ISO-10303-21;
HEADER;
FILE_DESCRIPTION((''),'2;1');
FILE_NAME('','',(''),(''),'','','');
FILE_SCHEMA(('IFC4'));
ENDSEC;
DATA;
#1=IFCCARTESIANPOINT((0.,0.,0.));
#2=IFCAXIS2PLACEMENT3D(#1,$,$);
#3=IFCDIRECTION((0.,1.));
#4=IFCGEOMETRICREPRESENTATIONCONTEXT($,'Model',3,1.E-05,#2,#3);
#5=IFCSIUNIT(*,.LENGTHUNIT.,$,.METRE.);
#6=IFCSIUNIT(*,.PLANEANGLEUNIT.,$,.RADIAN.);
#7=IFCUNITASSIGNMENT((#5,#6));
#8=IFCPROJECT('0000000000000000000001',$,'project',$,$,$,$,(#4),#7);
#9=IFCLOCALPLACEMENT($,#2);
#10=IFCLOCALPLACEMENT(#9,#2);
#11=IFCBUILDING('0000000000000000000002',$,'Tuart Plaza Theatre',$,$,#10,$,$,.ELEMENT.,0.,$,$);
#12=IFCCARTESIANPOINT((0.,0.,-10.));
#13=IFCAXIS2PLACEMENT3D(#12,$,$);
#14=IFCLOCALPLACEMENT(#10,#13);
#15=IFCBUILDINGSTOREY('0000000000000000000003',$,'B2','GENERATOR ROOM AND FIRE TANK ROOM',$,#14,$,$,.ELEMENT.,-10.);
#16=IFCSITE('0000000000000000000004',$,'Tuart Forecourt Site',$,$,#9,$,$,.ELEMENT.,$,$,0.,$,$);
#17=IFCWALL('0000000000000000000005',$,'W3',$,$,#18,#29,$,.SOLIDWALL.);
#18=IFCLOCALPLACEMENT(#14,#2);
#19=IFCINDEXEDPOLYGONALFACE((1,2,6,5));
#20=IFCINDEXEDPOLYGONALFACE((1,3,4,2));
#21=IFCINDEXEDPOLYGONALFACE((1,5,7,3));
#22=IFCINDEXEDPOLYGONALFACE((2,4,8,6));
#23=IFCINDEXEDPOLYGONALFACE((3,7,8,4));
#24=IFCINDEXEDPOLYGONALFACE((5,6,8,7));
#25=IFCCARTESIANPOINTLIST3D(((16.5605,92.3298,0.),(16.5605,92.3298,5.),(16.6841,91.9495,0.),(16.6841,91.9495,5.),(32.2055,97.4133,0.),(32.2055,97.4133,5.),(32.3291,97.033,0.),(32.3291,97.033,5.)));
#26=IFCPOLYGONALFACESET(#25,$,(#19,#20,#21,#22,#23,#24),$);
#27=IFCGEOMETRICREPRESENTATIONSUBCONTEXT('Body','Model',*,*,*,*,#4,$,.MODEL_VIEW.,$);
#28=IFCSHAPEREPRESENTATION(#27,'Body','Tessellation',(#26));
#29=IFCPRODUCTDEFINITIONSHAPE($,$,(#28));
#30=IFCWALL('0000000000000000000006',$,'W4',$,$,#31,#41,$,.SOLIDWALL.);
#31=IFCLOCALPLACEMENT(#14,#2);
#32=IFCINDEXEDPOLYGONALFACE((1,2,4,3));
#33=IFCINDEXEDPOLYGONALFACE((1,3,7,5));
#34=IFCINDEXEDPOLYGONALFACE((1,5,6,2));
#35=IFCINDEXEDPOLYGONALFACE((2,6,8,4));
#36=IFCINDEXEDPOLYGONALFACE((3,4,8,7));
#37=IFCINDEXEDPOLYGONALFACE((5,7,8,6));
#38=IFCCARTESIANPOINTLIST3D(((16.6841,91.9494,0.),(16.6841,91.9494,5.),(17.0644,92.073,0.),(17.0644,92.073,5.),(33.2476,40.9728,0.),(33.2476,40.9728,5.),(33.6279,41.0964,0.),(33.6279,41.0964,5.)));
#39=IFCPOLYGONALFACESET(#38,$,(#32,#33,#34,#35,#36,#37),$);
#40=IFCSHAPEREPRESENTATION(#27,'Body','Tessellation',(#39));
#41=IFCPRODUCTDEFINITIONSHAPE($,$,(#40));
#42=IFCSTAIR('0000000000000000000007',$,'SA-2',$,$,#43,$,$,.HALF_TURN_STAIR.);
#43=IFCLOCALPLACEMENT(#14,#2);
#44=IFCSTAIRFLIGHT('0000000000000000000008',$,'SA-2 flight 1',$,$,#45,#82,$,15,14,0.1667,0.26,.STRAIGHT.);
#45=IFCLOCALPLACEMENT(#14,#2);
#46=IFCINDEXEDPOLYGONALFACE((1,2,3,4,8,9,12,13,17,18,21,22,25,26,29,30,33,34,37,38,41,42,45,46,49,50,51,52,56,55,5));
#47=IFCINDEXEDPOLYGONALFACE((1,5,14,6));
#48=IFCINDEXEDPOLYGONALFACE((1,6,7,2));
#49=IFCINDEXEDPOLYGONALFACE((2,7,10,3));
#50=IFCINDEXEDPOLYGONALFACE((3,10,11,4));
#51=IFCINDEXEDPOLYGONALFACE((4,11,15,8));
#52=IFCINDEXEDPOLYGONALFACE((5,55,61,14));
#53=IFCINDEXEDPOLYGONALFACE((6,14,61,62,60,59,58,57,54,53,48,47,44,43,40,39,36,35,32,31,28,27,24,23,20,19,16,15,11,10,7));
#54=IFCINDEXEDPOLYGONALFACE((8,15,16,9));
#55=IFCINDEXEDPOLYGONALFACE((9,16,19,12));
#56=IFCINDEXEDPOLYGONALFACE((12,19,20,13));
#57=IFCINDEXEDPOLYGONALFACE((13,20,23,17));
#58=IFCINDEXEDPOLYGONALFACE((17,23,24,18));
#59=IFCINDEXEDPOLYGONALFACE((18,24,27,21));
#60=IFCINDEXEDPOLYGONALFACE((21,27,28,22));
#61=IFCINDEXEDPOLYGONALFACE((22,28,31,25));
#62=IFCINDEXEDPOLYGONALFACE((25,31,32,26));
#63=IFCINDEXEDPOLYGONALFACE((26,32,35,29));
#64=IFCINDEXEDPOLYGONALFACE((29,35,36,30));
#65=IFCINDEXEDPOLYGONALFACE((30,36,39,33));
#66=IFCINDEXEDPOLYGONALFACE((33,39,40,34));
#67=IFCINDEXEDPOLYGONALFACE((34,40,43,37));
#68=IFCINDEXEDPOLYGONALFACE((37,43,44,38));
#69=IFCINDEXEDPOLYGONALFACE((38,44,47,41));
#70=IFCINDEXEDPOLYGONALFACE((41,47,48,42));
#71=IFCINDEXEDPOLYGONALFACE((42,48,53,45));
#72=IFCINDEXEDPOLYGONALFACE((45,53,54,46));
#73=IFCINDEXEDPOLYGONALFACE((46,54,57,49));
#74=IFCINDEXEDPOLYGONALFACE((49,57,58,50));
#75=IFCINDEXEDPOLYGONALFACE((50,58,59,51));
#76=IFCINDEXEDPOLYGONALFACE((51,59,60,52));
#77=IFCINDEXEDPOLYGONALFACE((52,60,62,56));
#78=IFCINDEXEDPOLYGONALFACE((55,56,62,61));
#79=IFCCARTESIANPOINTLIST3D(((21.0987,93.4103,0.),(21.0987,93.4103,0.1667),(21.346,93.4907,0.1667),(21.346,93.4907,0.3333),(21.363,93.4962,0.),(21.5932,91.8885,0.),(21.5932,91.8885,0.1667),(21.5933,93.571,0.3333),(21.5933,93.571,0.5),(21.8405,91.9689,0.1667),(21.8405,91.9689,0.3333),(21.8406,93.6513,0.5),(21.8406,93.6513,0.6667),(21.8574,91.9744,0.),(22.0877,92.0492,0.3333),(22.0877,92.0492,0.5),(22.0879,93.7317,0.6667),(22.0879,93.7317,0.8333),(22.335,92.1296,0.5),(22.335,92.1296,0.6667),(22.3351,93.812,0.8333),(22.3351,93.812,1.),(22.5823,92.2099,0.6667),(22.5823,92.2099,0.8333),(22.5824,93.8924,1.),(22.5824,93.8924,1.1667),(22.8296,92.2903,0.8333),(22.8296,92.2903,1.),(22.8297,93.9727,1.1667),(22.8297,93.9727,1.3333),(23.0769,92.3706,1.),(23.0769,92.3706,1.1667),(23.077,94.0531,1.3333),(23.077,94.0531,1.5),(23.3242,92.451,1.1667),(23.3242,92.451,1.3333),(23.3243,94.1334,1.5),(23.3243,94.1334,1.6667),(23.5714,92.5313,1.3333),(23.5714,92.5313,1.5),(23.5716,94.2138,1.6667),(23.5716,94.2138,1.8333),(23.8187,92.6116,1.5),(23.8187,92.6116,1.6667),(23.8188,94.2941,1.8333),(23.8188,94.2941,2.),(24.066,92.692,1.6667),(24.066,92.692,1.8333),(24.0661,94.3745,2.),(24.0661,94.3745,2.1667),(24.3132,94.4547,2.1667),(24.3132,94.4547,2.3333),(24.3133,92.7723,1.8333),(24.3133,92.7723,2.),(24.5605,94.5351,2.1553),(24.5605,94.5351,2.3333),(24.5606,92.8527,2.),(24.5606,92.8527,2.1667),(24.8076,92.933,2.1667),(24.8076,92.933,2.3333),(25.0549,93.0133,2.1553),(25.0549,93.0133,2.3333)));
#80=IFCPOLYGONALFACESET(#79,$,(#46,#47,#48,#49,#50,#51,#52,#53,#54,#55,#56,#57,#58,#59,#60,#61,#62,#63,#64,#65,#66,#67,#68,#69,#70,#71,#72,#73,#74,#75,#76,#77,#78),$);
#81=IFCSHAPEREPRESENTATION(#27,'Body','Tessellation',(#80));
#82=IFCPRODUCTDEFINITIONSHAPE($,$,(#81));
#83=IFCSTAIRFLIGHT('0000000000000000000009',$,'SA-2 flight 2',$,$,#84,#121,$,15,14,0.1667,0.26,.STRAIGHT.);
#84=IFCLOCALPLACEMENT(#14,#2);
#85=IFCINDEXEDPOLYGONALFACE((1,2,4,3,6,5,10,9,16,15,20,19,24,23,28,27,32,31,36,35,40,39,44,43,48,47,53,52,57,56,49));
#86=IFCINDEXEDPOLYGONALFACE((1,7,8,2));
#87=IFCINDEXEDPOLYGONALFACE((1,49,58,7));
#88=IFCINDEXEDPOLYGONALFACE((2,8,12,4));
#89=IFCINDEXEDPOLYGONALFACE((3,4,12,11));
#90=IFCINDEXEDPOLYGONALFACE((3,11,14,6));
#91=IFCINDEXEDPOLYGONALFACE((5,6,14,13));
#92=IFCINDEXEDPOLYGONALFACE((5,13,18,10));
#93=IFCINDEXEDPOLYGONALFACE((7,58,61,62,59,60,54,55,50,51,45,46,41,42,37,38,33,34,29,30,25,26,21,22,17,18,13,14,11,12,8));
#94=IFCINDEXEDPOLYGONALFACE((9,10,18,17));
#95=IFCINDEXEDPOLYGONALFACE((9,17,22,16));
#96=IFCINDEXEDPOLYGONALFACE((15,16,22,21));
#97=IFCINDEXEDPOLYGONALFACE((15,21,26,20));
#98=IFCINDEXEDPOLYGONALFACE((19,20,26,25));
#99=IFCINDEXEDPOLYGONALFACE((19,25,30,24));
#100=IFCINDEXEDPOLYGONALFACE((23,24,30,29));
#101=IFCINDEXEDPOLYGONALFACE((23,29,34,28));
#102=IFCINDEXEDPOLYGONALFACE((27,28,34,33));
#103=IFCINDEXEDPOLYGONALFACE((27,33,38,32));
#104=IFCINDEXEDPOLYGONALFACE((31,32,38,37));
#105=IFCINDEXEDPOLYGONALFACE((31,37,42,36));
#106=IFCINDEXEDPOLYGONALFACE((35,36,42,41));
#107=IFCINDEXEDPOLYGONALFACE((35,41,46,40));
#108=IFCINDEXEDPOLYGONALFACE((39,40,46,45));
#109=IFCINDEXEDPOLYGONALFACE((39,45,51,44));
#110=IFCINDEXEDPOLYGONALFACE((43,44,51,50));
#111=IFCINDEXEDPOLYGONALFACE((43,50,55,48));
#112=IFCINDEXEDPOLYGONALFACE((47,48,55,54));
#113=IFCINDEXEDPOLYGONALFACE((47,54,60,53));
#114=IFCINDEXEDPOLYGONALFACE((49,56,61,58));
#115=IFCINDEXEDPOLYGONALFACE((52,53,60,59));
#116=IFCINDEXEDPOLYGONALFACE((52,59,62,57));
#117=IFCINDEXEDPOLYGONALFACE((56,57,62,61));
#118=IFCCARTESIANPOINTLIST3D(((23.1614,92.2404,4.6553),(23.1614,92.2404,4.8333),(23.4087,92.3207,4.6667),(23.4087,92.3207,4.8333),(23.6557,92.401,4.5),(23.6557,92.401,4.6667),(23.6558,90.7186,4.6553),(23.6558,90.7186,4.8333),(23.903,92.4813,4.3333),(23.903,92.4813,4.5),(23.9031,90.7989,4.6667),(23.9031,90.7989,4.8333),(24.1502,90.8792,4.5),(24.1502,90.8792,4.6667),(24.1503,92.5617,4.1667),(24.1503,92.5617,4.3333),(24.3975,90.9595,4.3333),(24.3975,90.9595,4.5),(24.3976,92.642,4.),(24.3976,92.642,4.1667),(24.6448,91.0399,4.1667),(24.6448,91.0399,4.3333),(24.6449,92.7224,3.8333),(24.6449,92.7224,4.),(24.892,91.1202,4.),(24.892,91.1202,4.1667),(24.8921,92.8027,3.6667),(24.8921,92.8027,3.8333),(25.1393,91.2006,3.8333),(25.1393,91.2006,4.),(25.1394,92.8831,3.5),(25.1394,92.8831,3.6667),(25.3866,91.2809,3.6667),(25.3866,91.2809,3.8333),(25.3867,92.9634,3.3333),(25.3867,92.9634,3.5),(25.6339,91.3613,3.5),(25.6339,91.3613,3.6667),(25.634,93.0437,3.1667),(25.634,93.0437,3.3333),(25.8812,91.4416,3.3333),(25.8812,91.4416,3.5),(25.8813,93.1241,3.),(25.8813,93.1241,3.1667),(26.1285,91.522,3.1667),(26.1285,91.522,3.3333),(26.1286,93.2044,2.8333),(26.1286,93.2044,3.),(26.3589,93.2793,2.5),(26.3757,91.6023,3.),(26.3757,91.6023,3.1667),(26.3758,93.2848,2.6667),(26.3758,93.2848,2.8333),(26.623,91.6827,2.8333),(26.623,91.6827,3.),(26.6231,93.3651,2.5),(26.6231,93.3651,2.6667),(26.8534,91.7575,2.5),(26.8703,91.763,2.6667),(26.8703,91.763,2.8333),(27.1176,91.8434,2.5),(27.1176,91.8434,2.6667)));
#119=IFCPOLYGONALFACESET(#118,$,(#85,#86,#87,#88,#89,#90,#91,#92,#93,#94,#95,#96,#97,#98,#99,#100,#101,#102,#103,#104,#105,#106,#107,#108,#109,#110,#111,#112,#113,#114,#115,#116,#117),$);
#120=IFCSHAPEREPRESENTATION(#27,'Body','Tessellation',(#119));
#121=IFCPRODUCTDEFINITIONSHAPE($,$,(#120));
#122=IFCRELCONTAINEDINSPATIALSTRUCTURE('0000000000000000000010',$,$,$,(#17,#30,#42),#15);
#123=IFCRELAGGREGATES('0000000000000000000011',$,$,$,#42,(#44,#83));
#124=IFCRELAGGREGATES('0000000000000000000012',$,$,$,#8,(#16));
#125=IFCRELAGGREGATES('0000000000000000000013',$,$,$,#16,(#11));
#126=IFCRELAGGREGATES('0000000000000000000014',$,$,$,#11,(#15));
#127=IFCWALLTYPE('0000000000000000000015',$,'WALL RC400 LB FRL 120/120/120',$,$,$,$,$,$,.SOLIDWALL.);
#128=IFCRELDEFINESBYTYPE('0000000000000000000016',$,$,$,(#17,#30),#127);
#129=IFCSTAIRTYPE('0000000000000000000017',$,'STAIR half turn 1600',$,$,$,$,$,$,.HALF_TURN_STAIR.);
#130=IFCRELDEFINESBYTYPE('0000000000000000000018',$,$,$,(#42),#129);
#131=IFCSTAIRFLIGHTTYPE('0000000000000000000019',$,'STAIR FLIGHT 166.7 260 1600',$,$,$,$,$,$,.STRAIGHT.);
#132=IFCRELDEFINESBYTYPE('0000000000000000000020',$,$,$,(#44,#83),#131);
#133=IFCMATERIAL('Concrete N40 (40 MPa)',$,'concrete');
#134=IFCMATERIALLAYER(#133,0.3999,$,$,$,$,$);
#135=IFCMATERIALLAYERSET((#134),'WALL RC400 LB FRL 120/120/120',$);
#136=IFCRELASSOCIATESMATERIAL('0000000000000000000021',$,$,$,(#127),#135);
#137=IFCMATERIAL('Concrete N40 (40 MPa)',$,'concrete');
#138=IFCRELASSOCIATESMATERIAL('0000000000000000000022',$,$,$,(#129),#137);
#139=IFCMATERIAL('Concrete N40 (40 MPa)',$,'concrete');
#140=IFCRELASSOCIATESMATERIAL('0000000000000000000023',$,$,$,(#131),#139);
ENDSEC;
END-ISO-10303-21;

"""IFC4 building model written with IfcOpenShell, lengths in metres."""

from ifc_helpers import new_model, si_unit, direction, frame, frame_2d, origin, place, context, subcontext, project, spatial, polyline, rectangle, outline, extrude, material, layer, layer_set, type_object, element, aggregate, save


model = new_model("IFC4")

# Units and contexts
model_context = context("Model", 3, precision=1e-05, world=origin(), true_north=direction((0.0, 1.0)))
body_context = subcontext(model_context, "Body", "Model", "MODEL_VIEW")
ifc_project = project(units=[si_unit("LENGTHUNIT", "METRE"), si_unit("PLANEANGLEUNIT", "RADIAN")], contexts=[model_context])

# Site, building, storey
site_placement = place(None, origin())
site = spatial("IfcSite", under=ifc_project, at=site_placement, Name="Tuart Forecourt Site", CompositionType="ELEMENT", RefElevation=0.0)
building_placement = place(site_placement, origin())
building = spatial("IfcBuilding", under=site, at=building_placement, Name="Tuart Plaza Theatre", CompositionType="ELEMENT", ElevationOfRefHeight=0.0)
storey_placement = place(building_placement, frame((0.0, 0.0, -10.0)))
storey = spatial("IfcBuildingStorey", under=building, at=storey_placement, Name="B2", Description="GENERATOR ROOM AND FIRE TANK ROOM", CompositionType="ELEMENT", Elevation=-10.0)

# Walls
ifc_material_1 = material(Name="Concrete N40 (40 MPa)", Category="concrete")
ifc_layer_1 = layer(ifc_material_1, 0.3999)
ifc_layer_set_1 = layer_set([ifc_layer_1], Name="WALL RC400 LB FRL 120/120/120")
wall_type_1 = type_object("IfcWallType", Name="WALL RC400 LB FRL 120/120/120", PredefinedType="SOLIDWALL", material=ifc_layer_set_1)
wall_1_placement = place(storey_placement, frame((32.2673, 97.2231, 0.0), z_axis=(0.0, 0.0, 1.0), x_axis=(-0.951054, -0.309024, 0.0)))
element("IfcWall", 1, at=wall_1_placement, inside=storey, type_object=wall_type_1, Name="W3", PredefinedType="SOLIDWALL", context=body_context, shape_type="SweptSolid", body=[
    extrude(rectangle(XDim=16.4502, YDim=0.3999, at=frame_2d((8.2251, 0.0))), origin(), (0.0, 0.0, 1.0), 5.0),
])
wall_2_placement = place(storey_placement, frame((16.8743, 92.0112, 0.0), z_axis=(0.0, 0.0, 1.0), x_axis=(0.30902, -0.951055, 0.0)))
element("IfcWall", 2, at=wall_2_placement, inside=storey, type_object=wall_type_1, Name="W4", PredefinedType="SOLIDWALL", context=body_context, shape_type="SweptSolid", body=[
    extrude(rectangle(XDim=53.6001, YDim=0.3999, at=frame_2d((26.8, 0.0))), origin(), (0.0, 0.0, 1.0), 5.0),
])

# Stair, stair flights
ifc_material_2 = material(Name="Concrete N40 (40 MPa)", Category="concrete")
stair_type = type_object("IfcStairType", Name="STAIR half turn 1600", PredefinedType="HALF_TURN_STAIR", material=ifc_material_2)
stair_placement = place(storey_placement, origin())
stair = element("IfcStair", 3, at=stair_placement, inside=storey, type_object=stair_type, Name="SA-2", PredefinedType="HALF_TURN_STAIR")
ifc_material_3 = material(Name="Concrete N40 (40 MPa)", Category="concrete")
stair_flight_type = type_object("IfcStairFlightType", Name="STAIR FLIGHT 166.7 260 1600", PredefinedType="STRAIGHT", material=ifc_material_3)
stair_flight_1_placement = place(storey_placement, frame((21.3459, 92.6494, 0.0), z_axis=(0.0, 0.0, 1.0), x_axis=(0.951057, 0.309017, 0.0)))
stair_flight_1 = element("IfcStairFlight", 4, at=stair_flight_1_placement, type_object=stair_flight_type, Name="SA-2 flight 1", NumberOfRisers=15, NumberOfTreads=14, PredefinedType="STRAIGHT", RiserHeight=0.1667, TreadLength=0.26, context=body_context, shape_type="SweptSolid", body=[
    extrude(outline(polyline([(0.0, 0.0), (0.0, 0.1667), (0.26, 0.1667), (0.26, 0.3333), (0.52, 0.3333), (0.52, 0.5), (0.78, 0.5), (0.78, 0.6667), (1.04, 0.6667), (1.04, 0.8333), (1.3, 0.8333), (1.3, 1.0), (1.5601, 1.0), (1.5601, 1.1667), (1.8201, 1.1667), (1.8201, 1.3333), (2.0801, 1.3333), (2.0801, 1.5), (2.3401, 1.5), (2.3401, 1.6667), (2.6001, 1.6667), (2.6001, 1.8333), (2.8601, 1.8333), (2.8601, 2.0), (3.1201, 2.0), (3.1201, 2.1667), (3.3799, 2.1667), (3.3799, 2.3333), (3.6399, 2.3333), (3.6399, 2.5), (3.6399, 2.1553), (0.2778, 0.0), (0.0, 0.0)])), frame((0.0, 0.8, 0.0), z_axis=(0.0, -1.0, 0.0), x_axis=(1.0, 0.0, 0.0)), (0.0, 0.0, 1.0), 1.6001),
])
stair_flight_2_placement = place(storey_placement, frame((26.8704, 92.6042, 2.5), z_axis=(0.0, 0.0, 1.0), x_axis=(-0.951057, -0.309017, 0.0)))
stair_flight_2 = element("IfcStairFlight", 5, at=stair_flight_2_placement, type_object=stair_flight_type, Name="SA-2 flight 2", NumberOfRisers=15, NumberOfTreads=14, PredefinedType="STRAIGHT", RiserHeight=0.1667, TreadLength=0.26, context=body_context, shape_type="SweptSolid", body=[
    extrude(outline(polyline([(0.0, 0.0), (0.0, 0.1667), (0.26, 0.1667), (0.26, 0.3333), (0.52, 0.3333), (0.52, 0.5), (0.78, 0.5), (0.78, 0.6667), (1.04, 0.6667), (1.04, 0.8333), (1.3, 0.8333), (1.3, 1.0), (1.5601, 1.0), (1.5601, 1.1667), (1.8201, 1.1667), (1.8201, 1.3333), (2.0801, 1.3333), (2.0801, 1.5), (2.3401, 1.5), (2.3401, 1.6667), (2.6001, 1.6667), (2.6001, 1.8333), (2.8601, 1.8333), (2.8601, 2.0), (3.1201, 2.0), (3.1201, 2.1667), (3.3799, 2.1667), (3.3799, 2.3333), (3.6399, 2.3333), (3.6399, 2.5), (3.6399, 2.1553), (0.2778, 0.0), (0.0, 0.0)])), frame((0.0, 0.8, 0.0), z_axis=(0.0, -1.0, 0.0), x_axis=(1.0, 0.0, 0.0)), (0.0, 0.0, 1.0), 1.6001),
])
aggregate(stair, [stair_flight_1, stair_flight_2])

save(model, "model.ifc")
